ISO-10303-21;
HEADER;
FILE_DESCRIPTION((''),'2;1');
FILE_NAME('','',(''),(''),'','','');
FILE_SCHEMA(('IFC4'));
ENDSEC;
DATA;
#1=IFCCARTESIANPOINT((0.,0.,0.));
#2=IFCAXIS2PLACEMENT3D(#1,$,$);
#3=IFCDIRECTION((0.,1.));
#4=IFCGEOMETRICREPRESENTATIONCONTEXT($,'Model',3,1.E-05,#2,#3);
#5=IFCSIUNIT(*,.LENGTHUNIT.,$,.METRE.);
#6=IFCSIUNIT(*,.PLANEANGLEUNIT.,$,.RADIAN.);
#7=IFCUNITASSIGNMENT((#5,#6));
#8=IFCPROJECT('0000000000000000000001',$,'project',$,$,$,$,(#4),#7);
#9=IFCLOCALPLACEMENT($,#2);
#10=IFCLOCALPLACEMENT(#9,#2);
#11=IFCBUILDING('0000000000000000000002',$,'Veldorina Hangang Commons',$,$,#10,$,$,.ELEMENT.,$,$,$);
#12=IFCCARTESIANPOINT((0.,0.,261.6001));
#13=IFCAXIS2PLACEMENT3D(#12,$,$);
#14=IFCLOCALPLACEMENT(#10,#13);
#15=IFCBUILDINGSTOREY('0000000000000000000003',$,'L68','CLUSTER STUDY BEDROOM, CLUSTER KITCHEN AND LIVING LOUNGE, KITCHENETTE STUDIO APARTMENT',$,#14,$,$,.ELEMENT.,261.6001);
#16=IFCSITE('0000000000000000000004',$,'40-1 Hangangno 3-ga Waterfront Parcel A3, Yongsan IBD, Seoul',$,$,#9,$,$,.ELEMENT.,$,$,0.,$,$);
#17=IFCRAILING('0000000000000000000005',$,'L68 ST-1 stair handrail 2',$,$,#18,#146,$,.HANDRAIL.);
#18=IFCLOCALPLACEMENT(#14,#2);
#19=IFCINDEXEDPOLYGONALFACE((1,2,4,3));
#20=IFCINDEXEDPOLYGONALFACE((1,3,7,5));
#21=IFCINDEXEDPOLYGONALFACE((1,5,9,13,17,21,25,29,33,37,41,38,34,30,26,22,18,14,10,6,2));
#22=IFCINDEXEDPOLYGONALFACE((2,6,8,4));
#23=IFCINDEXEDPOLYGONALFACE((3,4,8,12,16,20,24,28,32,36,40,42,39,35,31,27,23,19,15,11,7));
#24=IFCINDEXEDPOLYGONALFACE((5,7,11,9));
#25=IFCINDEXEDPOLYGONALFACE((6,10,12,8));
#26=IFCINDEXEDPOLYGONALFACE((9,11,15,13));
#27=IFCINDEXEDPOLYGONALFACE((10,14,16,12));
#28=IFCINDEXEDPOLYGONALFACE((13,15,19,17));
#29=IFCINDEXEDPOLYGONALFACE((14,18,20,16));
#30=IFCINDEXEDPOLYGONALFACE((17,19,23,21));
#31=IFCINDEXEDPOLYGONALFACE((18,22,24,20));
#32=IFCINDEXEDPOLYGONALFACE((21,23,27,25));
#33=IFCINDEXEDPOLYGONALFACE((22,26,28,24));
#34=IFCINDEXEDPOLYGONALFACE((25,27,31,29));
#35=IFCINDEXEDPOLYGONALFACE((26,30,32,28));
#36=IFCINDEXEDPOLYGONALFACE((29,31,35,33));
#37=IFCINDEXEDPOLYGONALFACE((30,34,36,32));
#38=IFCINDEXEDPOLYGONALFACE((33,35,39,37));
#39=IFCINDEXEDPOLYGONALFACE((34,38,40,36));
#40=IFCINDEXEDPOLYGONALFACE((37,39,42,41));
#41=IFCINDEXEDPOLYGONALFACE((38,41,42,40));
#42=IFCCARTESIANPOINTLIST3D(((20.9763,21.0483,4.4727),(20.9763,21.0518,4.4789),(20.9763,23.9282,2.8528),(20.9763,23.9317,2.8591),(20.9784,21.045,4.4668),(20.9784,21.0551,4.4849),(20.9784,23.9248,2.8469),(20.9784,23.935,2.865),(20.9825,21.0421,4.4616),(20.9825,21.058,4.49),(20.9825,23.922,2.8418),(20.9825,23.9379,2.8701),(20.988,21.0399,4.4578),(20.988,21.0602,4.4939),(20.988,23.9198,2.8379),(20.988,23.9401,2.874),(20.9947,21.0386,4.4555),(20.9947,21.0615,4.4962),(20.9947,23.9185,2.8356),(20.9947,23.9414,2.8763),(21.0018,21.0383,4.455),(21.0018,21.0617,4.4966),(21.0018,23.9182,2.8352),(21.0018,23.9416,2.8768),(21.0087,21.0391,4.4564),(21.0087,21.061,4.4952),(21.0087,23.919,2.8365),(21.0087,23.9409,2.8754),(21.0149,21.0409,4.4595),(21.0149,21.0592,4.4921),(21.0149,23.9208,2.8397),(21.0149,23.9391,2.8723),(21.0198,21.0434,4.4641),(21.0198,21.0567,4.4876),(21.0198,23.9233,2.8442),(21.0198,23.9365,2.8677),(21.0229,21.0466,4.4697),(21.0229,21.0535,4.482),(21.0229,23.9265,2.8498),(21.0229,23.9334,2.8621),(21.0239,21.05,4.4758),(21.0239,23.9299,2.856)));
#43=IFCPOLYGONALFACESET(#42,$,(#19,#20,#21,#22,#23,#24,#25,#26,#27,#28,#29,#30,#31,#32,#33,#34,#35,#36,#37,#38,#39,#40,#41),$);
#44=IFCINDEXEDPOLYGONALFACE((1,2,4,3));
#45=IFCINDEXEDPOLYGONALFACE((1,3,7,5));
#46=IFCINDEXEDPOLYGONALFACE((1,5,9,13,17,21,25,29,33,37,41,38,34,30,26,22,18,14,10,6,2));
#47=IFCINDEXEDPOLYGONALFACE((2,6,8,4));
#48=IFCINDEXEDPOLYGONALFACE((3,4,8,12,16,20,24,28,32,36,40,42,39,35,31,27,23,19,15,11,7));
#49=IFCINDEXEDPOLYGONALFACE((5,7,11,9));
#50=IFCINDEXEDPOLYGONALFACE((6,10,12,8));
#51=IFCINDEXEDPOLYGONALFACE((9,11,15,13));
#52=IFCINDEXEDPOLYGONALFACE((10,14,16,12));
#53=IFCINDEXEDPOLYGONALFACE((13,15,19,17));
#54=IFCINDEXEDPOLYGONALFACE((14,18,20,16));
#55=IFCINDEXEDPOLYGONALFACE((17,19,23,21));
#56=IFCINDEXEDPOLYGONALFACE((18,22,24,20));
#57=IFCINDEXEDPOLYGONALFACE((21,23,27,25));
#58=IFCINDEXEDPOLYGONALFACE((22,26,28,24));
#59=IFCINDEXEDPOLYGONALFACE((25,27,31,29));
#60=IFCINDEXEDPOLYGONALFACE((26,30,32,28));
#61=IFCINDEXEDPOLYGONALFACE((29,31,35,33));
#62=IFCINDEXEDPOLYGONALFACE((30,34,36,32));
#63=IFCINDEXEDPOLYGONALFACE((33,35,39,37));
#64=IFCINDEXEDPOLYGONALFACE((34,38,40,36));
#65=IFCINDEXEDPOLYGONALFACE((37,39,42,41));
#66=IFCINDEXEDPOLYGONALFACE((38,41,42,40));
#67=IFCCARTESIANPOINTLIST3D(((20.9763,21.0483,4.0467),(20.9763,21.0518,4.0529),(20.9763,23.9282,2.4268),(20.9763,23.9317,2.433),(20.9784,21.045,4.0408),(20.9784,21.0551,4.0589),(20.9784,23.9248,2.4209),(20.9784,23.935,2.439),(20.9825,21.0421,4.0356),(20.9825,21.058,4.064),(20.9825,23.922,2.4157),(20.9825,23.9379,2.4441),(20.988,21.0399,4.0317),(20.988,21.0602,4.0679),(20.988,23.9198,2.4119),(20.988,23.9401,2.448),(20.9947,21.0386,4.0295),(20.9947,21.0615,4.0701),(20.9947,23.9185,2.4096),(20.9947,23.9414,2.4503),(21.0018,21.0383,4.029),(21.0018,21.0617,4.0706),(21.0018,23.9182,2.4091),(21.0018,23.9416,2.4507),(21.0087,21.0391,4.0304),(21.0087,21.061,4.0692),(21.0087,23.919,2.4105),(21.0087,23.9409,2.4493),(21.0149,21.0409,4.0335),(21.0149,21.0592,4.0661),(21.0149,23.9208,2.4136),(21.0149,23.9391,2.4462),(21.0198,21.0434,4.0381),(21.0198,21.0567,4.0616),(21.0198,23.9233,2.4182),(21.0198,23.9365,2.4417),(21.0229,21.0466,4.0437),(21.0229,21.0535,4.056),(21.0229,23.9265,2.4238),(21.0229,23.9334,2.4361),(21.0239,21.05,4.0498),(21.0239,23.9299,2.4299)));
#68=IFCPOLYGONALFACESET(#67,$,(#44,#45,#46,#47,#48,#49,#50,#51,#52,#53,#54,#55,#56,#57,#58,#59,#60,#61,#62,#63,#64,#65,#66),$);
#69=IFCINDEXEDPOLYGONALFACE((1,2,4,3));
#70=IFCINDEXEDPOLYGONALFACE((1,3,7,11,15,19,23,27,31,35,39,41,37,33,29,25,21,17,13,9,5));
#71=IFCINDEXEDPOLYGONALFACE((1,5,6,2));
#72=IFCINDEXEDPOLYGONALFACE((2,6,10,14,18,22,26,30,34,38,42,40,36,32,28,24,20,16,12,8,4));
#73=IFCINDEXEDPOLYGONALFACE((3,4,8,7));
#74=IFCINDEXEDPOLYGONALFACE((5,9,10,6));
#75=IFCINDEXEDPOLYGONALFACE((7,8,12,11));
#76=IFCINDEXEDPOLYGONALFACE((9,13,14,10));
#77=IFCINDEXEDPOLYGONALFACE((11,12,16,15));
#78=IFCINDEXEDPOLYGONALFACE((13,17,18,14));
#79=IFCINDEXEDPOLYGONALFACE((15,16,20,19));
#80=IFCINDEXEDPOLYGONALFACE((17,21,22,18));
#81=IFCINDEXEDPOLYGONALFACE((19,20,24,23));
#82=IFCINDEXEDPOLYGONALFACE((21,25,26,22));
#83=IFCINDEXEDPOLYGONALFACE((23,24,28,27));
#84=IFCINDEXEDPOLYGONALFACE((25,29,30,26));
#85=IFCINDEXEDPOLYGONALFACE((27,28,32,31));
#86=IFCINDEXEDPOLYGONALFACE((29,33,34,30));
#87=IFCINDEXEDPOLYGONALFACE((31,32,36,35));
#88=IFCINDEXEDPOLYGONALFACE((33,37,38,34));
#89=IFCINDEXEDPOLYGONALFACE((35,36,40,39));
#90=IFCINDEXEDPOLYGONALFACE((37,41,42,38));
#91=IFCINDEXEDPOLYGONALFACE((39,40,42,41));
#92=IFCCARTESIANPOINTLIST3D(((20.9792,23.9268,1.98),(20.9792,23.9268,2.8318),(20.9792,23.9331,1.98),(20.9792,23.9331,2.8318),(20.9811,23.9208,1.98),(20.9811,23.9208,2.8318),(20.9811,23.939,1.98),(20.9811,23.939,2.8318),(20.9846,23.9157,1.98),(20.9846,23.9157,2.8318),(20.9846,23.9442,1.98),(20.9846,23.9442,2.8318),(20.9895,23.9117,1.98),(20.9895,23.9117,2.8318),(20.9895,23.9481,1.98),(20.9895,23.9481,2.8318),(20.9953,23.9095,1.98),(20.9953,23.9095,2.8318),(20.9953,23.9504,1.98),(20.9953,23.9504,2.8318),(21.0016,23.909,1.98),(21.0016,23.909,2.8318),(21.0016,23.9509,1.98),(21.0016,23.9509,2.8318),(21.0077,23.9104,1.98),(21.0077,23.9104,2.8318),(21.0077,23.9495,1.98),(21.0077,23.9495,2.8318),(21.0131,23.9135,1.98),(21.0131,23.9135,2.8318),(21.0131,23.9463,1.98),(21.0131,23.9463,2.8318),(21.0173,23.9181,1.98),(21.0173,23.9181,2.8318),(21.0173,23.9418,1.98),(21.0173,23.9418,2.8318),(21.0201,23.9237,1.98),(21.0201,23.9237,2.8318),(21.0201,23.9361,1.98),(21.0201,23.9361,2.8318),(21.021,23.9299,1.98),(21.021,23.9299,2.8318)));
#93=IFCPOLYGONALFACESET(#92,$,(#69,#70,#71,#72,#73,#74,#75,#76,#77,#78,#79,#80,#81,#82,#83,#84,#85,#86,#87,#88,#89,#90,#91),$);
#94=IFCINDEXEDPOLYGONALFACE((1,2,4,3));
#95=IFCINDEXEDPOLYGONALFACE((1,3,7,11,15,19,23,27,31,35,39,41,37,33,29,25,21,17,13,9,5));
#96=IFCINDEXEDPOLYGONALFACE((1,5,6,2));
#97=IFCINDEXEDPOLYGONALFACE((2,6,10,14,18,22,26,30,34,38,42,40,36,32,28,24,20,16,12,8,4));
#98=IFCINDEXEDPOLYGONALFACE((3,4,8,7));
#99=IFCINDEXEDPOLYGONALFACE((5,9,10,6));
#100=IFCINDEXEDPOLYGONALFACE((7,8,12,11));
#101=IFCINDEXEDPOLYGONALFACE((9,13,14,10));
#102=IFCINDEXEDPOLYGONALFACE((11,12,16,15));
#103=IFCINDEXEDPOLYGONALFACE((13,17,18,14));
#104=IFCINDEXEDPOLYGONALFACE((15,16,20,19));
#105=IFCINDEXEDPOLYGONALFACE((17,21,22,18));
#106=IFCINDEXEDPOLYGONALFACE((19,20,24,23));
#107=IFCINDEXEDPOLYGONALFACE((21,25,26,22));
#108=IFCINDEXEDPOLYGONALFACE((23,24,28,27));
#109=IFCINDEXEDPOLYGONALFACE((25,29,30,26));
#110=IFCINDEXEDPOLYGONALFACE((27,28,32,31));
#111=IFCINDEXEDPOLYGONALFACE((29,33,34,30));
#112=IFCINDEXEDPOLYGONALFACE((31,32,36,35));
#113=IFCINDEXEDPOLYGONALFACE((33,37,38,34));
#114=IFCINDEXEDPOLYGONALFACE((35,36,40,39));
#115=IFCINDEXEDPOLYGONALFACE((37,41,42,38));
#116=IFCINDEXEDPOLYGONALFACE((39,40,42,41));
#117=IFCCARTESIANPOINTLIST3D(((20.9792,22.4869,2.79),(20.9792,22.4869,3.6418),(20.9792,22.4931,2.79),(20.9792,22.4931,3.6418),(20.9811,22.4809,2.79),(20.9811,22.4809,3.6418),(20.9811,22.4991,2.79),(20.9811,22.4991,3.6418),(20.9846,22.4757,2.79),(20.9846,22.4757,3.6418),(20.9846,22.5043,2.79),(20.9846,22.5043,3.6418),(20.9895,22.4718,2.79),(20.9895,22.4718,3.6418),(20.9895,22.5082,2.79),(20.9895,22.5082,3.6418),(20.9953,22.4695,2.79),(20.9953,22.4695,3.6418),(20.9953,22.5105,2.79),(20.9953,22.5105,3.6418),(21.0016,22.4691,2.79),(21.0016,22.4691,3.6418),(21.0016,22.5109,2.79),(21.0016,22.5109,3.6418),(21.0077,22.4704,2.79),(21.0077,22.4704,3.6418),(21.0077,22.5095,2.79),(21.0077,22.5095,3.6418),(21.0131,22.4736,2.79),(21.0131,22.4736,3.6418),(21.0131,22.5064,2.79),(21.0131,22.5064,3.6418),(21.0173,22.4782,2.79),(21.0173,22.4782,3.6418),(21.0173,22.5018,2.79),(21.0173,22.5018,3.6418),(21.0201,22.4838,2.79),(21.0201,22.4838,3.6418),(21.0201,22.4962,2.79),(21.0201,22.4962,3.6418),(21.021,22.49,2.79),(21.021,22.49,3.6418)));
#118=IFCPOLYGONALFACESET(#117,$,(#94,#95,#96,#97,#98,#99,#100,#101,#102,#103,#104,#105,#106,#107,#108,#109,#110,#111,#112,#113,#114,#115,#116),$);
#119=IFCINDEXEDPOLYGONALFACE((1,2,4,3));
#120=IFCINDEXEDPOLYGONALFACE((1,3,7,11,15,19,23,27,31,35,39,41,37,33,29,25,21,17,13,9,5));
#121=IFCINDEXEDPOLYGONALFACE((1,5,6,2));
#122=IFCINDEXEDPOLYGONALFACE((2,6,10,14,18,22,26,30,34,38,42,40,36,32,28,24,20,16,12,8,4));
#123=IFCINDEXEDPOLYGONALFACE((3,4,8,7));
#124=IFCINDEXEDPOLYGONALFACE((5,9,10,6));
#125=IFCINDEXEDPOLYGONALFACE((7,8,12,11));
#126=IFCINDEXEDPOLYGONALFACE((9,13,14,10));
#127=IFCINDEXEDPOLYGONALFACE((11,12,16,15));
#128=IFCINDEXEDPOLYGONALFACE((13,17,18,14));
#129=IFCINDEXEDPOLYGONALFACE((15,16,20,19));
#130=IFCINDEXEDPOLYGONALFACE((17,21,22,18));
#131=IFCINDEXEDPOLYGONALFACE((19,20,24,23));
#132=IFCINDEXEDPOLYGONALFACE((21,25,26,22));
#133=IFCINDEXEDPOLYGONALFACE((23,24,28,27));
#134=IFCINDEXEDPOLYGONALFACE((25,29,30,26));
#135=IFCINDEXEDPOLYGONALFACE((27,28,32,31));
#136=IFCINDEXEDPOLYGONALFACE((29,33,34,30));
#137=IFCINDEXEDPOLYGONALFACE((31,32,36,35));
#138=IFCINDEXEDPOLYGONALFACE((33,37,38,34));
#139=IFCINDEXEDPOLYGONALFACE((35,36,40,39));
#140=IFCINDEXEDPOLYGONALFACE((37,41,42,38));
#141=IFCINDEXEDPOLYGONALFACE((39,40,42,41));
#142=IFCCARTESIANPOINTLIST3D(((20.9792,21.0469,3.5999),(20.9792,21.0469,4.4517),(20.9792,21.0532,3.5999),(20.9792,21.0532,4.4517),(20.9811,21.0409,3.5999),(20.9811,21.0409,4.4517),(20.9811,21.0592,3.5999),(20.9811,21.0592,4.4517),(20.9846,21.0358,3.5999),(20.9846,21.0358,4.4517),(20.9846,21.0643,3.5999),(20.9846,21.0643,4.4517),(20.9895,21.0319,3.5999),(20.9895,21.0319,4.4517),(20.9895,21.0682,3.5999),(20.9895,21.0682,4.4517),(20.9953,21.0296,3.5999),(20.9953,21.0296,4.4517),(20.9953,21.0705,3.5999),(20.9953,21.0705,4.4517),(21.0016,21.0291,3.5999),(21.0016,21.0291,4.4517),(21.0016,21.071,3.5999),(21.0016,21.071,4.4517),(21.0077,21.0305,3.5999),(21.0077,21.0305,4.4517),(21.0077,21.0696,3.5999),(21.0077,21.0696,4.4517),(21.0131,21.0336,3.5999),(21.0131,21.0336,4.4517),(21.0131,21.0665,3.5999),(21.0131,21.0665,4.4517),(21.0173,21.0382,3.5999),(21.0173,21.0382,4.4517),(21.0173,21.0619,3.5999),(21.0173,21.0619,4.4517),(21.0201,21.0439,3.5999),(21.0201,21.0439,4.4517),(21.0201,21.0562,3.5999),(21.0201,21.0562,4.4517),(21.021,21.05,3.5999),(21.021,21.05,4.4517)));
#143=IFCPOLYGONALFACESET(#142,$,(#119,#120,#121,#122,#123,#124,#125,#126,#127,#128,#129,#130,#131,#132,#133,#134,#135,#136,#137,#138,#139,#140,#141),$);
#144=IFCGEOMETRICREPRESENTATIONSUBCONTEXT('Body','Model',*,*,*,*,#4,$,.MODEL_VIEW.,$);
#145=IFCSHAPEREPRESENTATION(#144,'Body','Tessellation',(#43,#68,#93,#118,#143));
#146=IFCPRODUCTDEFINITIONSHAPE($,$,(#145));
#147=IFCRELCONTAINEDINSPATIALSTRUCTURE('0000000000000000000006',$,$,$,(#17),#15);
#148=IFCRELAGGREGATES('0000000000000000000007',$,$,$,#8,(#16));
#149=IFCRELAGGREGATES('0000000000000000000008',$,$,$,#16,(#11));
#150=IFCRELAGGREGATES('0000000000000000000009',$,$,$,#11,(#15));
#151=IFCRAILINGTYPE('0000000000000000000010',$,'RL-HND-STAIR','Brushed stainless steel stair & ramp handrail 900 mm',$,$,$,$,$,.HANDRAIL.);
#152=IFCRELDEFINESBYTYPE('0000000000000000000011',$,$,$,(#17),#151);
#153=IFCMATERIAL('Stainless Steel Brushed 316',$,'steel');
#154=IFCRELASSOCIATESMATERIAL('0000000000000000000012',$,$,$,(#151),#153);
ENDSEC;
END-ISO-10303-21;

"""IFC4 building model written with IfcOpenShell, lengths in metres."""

from ifc_helpers import new_model, si_unit, direction, frame, origin, origin_2d, place, context, subcontext, project, spatial, circle, extrude, material, type_object, element, save


model = new_model("IFC4")

# Units and contexts
model_context = context("Model", 3, precision=1e-05, world=origin(), true_north=direction((0.0, 1.0)))
body_context = subcontext(model_context, "Body", "Model", "MODEL_VIEW")
ifc_project = project(units=[si_unit("LENGTHUNIT", "METRE"), si_unit("PLANEANGLEUNIT", "RADIAN")], contexts=[model_context])

# Site, building, storey
site_placement = place(None, origin())
site = spatial("IfcSite", under=ifc_project, at=site_placement, Name="40-1 Hangangno 3-ga Waterfront Parcel A3, Yongsan IBD, Seoul", CompositionType="ELEMENT", RefElevation=0.0)
building_placement = place(site_placement, origin())
building = spatial("IfcBuilding", under=site, at=building_placement, Name="Veldorina Hangang Commons", CompositionType="ELEMENT")
storey_placement = place(building_placement, frame((0.0, 0.0, 261.6001)))
storey = spatial("IfcBuildingStorey", under=building, at=storey_placement, Name="L68", Description="CLUSTER STUDY BEDROOM, CLUSTER KITCHEN AND LIVING LOUNGE, KITCHENETTE STUDIO APARTMENT", CompositionType="ELEMENT", Elevation=261.6001)

# Railing
ifc_material_1 = material(Name="Stainless Steel Brushed 316", Category="steel")
railing_type_1 = type_object("IfcRailingType", Name="RL-HND-STAIR", Description="Brushed stainless steel stair & ramp handrail 900 mm", PredefinedType="HANDRAIL", material=ifc_material_1)
railing_1_placement = place(storey_placement, frame((21.0, 23.9299, 1.98)))
element("IfcRailing", 1, at=railing_1_placement, inside=storey, type_object=railing_type_1, Name="L68 ST-1 stair handrail 2", PredefinedType="HANDRAIL", context=body_context, shape_type="SweptSolid", body=[
    extrude(circle(Radius=0.0239, at=origin_2d()), frame((0.0, 0.0, 0.876), z_axis=(0.0, -0.871583, 0.490247), x_axis=(1.0, 0.0, 0.0)), (0.0, 0.0, 1.0), 3.3042),
    extrude(circle(Radius=0.0239, at=origin_2d()), frame((0.0, 0.0, 0.45), z_axis=(0.0, -0.871583, 0.490247), x_axis=(1.0, 0.0, 0.0)), (0.0, 0.0, 1.0), 3.3042),
    extrude(circle(Radius=0.021, at=origin_2d()), origin(), (0.0, 0.0, 1.0), 0.8518),
    extrude(circle(Radius=0.021, at=origin_2d()), frame((0.0, -1.4399, 0.8101)), (0.0, 0.0, 1.0), 0.8518),
    extrude(circle(Radius=0.021, at=origin_2d()), frame((0.0, -2.8799, 1.6199)), (0.0, 0.0, 1.0), 0.8518),
])

save(model, "model.ifc")
